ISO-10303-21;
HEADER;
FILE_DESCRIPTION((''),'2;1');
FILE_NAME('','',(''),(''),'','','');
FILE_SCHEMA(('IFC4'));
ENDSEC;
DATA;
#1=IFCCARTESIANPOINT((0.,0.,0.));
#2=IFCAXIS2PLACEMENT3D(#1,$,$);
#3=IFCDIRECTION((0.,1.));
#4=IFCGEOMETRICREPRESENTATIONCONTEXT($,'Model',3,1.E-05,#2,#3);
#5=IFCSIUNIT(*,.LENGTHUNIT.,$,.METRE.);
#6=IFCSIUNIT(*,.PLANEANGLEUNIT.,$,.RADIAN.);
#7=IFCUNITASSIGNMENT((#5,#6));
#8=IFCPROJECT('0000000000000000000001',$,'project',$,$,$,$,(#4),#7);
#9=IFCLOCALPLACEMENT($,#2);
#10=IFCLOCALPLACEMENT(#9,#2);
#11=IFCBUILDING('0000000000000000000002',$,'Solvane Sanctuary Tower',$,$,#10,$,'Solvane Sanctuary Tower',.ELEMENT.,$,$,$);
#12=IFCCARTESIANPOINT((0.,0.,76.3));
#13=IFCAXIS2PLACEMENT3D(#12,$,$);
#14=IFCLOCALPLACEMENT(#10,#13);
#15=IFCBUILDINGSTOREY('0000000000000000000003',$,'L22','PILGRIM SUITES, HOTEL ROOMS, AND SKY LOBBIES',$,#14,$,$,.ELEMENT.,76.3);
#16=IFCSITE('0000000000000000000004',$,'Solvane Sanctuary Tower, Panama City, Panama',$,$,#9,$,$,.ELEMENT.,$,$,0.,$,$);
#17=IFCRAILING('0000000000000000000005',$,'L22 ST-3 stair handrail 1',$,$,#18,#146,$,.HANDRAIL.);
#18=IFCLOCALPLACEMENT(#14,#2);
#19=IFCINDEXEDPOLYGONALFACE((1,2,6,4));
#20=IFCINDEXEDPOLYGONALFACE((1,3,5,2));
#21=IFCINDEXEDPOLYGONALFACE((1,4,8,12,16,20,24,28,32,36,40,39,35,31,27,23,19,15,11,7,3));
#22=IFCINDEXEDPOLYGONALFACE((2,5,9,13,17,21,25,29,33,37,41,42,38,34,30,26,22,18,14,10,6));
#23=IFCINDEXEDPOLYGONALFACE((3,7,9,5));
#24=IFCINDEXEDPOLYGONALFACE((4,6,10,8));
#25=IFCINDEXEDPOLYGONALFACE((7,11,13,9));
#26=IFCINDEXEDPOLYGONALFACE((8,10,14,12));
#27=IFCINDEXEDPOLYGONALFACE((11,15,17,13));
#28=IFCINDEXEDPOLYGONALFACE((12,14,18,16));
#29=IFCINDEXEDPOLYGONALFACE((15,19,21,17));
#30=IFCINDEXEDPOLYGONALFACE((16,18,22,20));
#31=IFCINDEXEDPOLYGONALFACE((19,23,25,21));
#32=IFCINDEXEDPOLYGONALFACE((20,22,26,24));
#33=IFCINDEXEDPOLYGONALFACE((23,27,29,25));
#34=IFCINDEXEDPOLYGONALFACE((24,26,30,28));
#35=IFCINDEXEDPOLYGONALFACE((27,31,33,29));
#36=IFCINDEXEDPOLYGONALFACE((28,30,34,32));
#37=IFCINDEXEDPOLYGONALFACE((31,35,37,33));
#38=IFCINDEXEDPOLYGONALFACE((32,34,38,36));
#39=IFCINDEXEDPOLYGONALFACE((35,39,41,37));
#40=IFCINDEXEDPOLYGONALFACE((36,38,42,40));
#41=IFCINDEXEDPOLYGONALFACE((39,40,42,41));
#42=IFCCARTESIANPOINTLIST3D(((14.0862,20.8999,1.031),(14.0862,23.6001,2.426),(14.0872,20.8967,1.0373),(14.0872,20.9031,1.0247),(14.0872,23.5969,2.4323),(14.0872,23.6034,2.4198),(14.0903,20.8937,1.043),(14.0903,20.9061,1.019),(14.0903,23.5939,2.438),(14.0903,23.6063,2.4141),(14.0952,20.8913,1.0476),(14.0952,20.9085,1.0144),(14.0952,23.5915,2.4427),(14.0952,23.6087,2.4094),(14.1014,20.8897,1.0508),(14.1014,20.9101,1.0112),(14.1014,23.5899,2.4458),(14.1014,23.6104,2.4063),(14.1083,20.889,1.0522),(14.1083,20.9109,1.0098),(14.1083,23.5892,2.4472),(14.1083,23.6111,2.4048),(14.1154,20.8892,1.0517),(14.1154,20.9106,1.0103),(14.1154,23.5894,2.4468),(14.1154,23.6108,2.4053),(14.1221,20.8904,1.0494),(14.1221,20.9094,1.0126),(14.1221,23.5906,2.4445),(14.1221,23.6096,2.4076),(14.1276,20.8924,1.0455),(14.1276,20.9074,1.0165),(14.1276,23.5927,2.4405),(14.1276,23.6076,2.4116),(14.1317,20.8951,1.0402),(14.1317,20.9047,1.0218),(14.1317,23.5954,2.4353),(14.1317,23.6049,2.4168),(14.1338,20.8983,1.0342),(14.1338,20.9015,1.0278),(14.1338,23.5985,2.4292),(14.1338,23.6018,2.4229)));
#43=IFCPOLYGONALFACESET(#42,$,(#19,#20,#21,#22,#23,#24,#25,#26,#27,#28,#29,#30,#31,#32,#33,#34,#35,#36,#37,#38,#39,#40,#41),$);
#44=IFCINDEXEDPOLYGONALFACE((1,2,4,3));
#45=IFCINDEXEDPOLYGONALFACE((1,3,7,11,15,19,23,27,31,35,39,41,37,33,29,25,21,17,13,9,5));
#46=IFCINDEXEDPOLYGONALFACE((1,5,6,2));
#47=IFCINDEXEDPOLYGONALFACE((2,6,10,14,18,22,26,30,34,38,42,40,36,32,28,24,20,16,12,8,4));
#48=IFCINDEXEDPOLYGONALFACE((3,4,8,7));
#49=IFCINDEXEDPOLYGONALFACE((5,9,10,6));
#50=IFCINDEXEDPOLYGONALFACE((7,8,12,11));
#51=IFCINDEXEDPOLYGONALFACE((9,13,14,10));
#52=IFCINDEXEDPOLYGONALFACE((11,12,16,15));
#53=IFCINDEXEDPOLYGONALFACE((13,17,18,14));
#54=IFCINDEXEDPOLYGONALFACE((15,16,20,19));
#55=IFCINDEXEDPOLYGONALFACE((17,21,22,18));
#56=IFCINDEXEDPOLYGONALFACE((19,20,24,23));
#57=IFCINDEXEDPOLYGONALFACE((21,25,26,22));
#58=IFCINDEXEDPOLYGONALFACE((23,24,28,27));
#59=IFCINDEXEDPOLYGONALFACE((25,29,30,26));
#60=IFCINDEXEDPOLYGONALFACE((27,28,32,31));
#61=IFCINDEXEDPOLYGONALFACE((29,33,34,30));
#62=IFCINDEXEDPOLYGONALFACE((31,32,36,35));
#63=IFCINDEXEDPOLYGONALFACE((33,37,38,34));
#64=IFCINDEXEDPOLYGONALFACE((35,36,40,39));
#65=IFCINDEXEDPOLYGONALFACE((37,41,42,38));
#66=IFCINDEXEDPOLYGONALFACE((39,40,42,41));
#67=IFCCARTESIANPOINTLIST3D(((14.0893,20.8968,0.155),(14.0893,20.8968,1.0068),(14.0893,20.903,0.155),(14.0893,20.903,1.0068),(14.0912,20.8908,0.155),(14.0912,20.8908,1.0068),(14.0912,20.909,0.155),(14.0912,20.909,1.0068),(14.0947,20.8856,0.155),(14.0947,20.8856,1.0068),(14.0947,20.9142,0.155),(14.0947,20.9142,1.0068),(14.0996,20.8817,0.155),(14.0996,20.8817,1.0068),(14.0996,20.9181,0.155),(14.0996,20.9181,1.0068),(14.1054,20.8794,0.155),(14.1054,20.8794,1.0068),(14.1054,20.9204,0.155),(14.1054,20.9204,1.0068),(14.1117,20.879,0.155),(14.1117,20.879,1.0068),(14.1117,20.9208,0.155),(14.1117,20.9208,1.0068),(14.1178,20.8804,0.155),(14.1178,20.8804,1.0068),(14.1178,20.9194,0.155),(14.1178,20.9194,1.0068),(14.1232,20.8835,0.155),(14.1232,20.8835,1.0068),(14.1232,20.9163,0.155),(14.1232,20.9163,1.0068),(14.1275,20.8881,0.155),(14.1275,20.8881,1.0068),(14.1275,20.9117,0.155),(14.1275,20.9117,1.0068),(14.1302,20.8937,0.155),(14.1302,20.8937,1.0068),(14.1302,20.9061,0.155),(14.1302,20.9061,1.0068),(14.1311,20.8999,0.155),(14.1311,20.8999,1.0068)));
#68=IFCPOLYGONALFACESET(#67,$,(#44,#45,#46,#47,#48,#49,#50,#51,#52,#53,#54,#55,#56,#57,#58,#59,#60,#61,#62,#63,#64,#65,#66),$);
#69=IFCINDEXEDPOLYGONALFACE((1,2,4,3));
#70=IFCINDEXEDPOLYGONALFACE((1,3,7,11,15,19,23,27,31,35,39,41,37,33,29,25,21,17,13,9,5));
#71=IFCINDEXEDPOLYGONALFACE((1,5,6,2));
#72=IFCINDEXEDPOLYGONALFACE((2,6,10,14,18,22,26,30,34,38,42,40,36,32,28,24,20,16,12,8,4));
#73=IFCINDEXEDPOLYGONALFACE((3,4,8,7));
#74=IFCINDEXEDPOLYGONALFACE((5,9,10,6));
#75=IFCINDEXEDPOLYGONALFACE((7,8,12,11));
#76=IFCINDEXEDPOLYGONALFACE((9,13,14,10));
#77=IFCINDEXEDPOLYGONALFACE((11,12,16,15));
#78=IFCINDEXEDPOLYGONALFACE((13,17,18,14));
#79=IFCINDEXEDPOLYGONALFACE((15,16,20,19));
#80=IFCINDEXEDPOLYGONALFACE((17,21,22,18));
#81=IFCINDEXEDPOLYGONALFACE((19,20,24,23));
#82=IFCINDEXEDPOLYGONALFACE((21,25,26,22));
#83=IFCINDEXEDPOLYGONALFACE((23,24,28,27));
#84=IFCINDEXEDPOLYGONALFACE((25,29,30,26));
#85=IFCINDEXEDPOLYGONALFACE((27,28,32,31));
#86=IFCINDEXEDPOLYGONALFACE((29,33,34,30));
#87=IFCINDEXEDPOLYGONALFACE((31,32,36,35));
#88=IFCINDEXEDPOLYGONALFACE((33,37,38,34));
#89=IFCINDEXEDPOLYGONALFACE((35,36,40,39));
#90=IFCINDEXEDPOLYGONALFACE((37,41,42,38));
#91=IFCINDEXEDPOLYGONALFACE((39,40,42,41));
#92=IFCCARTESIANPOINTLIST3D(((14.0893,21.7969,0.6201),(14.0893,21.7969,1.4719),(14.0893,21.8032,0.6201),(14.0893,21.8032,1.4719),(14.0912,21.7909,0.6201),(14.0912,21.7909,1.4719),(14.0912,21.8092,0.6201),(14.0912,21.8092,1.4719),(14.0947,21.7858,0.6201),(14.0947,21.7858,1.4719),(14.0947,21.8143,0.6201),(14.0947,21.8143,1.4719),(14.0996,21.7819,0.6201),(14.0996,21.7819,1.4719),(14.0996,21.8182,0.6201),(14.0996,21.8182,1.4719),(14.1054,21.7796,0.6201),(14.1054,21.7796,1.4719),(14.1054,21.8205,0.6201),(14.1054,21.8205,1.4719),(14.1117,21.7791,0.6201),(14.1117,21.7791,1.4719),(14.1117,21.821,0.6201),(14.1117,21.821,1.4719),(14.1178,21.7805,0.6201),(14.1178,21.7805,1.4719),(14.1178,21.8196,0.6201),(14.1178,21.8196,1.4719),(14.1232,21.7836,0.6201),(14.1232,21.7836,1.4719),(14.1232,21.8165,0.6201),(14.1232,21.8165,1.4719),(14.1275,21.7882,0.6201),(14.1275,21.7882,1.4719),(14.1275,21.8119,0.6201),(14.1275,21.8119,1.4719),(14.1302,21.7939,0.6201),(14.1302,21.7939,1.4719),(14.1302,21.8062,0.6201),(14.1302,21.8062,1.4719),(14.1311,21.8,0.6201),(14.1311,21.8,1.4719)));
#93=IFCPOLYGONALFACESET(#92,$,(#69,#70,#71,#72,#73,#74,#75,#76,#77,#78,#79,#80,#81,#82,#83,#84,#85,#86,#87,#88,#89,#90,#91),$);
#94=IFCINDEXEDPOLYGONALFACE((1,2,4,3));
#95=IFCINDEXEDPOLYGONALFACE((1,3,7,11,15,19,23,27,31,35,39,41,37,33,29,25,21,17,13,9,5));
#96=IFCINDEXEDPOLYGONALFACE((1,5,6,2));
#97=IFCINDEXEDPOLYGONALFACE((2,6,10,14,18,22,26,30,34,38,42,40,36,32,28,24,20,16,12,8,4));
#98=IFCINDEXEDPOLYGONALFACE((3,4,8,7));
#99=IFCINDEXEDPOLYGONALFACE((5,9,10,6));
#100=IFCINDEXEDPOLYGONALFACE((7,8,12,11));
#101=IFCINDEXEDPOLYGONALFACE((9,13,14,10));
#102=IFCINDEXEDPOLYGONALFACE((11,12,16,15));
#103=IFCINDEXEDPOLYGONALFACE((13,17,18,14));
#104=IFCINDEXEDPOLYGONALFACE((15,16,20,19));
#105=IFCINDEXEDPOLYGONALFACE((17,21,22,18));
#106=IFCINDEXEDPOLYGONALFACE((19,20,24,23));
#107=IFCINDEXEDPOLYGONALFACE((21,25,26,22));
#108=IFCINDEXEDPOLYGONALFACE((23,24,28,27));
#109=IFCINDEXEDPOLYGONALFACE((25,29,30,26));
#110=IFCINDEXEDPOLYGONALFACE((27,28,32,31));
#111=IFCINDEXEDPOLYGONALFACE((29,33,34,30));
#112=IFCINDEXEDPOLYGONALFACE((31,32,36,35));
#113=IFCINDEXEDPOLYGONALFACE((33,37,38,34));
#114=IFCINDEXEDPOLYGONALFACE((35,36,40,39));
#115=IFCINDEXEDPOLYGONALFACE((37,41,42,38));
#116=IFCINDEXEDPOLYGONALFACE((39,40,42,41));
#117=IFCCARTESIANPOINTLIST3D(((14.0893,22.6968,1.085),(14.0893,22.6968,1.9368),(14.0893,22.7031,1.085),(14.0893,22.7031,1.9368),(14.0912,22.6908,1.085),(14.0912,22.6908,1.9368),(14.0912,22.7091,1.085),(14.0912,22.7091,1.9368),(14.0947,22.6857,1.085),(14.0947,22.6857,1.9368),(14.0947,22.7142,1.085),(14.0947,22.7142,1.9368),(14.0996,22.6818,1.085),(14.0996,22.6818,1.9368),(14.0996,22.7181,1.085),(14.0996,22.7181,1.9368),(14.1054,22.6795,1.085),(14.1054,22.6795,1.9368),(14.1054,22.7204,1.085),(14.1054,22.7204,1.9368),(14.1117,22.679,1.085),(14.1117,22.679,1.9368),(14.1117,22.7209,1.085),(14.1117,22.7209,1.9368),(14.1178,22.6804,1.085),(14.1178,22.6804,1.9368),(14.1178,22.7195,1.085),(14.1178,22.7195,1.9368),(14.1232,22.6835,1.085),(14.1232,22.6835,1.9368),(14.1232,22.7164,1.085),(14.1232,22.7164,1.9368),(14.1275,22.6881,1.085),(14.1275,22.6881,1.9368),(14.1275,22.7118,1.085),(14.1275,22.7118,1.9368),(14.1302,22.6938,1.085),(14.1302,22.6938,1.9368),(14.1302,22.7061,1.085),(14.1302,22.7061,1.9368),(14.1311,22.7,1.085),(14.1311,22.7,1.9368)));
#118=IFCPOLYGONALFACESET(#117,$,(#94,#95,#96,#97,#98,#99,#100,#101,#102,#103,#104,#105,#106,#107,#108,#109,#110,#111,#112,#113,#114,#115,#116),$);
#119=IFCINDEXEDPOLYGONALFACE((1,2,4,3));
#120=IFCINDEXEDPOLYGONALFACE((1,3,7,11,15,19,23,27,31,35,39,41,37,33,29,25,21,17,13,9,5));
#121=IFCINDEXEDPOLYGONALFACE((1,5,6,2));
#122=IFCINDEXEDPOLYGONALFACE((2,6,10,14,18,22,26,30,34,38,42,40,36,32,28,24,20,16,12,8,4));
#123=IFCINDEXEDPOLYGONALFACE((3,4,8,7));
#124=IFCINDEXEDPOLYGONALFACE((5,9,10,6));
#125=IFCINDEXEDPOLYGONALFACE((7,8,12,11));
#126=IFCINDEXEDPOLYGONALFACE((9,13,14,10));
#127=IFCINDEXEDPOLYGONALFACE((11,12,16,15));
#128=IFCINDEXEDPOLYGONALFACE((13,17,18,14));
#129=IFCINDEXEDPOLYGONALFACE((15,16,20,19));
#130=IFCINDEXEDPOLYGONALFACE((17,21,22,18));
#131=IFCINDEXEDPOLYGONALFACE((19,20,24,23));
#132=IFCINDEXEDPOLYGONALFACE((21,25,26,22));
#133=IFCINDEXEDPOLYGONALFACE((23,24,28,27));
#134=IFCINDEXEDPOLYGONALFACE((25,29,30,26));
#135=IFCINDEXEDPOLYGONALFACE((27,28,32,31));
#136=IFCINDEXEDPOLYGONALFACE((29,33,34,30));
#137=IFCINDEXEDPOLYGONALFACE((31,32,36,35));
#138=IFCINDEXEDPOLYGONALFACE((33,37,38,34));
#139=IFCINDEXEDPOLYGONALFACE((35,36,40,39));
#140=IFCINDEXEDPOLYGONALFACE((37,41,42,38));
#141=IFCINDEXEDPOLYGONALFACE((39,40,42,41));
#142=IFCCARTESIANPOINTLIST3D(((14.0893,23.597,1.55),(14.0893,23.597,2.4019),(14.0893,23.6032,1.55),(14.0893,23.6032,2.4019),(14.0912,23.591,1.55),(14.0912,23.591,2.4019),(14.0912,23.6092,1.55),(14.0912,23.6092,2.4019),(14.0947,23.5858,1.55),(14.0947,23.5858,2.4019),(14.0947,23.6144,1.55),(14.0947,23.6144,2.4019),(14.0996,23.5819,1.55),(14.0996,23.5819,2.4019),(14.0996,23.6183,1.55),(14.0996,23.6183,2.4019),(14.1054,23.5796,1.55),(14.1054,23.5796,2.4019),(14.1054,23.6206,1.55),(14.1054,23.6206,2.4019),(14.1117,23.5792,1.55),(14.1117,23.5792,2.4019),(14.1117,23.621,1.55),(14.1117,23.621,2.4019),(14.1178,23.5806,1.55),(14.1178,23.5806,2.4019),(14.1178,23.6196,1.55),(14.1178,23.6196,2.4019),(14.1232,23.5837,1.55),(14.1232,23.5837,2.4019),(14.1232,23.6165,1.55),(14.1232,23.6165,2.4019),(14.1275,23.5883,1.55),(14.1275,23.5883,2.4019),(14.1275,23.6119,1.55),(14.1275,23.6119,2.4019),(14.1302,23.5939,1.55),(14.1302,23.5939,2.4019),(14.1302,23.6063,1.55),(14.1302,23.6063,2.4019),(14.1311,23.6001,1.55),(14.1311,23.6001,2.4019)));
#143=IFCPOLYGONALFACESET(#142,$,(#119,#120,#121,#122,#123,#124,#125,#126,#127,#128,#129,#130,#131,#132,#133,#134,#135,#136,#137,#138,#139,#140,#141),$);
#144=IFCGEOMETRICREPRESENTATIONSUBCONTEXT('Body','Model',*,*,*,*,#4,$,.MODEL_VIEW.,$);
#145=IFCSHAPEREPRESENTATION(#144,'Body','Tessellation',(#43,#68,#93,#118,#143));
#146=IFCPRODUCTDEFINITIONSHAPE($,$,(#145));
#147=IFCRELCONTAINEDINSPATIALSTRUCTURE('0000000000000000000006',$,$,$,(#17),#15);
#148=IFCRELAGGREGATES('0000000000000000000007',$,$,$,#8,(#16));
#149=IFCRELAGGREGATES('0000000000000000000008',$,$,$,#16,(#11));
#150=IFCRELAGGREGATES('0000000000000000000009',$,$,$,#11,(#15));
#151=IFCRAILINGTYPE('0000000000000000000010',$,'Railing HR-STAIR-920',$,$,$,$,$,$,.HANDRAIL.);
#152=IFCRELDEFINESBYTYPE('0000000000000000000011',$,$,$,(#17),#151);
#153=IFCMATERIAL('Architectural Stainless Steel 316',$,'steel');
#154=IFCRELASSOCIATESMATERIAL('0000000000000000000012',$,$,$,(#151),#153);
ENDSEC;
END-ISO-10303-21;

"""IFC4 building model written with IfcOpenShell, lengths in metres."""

from ifc_helpers import new_model, si_unit, direction, frame, origin, origin_2d, place, context, subcontext, project, spatial, circle, extrude, material, type_object, element, save


model = new_model("IFC4")

# Units and contexts
model_context = context("Model", 3, precision=1e-05, world=origin(), true_north=direction((0.0, 1.0)))
body_context = subcontext(model_context, "Body", "Model", "MODEL_VIEW")
ifc_project = project(units=[si_unit("LENGTHUNIT", "METRE"), si_unit("PLANEANGLEUNIT", "RADIAN")], contexts=[model_context])

# Site, building, storey
site_placement = place(None, origin())
site = spatial("IfcSite", under=ifc_project, at=site_placement, Name="Solvane Sanctuary Tower, Panama City, Panama", CompositionType="ELEMENT", RefElevation=0.0)
building_placement = place(site_placement, origin())
building = spatial("IfcBuilding", under=site, at=building_placement, Name="Solvane Sanctuary Tower", LongName="Solvane Sanctuary Tower", CompositionType="ELEMENT")
storey_placement = place(building_placement, frame((0.0, 0.0, 76.3)))
storey = spatial("IfcBuildingStorey", under=building, at=storey_placement, Name="L22", Description="PILGRIM SUITES, HOTEL ROOMS, AND SKY LOBBIES", CompositionType="ELEMENT", Elevation=76.3)

# Shared definitions
ifc_material_1 = material(Name="Architectural Stainless Steel 316", Category="steel")

# Railing
railing_type_1 = type_object("IfcRailingType", Name="Railing HR-STAIR-920", PredefinedType="HANDRAIL", material=ifc_material_1)
railing_1_placement = place(storey_placement, frame((14.1101, 20.8999, 0.155)))
element("IfcRailing", 1, at=railing_1_placement, inside=storey, type_object=railing_type_1, Name="L22 ST-3 stair handrail 1", PredefinedType="HANDRAIL", context=body_context, shape_type="SweptSolid", body=[
    extrude(circle(Radius=0.0239, at=origin_2d()), frame((0.0, 0.0, 0.876), z_axis=(0.0, 0.888437, 0.458999), x_axis=(-1.0, 0.0, 0.0)), (0.0, 0.0, 1.0), 3.0393),
    extrude(circle(Radius=0.021, at=origin_2d()), origin(), (0.0, 0.0, 1.0), 0.8518),
    extrude(circle(Radius=0.021, at=origin_2d()), frame((0.0, 0.9001, 0.4651)), (0.0, 0.0, 1.0), 0.8518),
    extrude(circle(Radius=0.021, at=origin_2d()), frame((0.0, 1.8, 0.9299)), (0.0, 0.0, 1.0), 0.8518),
    extrude(circle(Radius=0.021, at=origin_2d()), frame((0.0, 2.7002, 1.395)), (0.0, 0.0, 1.0), 0.8518),
])

save(model, "model.ifc")
